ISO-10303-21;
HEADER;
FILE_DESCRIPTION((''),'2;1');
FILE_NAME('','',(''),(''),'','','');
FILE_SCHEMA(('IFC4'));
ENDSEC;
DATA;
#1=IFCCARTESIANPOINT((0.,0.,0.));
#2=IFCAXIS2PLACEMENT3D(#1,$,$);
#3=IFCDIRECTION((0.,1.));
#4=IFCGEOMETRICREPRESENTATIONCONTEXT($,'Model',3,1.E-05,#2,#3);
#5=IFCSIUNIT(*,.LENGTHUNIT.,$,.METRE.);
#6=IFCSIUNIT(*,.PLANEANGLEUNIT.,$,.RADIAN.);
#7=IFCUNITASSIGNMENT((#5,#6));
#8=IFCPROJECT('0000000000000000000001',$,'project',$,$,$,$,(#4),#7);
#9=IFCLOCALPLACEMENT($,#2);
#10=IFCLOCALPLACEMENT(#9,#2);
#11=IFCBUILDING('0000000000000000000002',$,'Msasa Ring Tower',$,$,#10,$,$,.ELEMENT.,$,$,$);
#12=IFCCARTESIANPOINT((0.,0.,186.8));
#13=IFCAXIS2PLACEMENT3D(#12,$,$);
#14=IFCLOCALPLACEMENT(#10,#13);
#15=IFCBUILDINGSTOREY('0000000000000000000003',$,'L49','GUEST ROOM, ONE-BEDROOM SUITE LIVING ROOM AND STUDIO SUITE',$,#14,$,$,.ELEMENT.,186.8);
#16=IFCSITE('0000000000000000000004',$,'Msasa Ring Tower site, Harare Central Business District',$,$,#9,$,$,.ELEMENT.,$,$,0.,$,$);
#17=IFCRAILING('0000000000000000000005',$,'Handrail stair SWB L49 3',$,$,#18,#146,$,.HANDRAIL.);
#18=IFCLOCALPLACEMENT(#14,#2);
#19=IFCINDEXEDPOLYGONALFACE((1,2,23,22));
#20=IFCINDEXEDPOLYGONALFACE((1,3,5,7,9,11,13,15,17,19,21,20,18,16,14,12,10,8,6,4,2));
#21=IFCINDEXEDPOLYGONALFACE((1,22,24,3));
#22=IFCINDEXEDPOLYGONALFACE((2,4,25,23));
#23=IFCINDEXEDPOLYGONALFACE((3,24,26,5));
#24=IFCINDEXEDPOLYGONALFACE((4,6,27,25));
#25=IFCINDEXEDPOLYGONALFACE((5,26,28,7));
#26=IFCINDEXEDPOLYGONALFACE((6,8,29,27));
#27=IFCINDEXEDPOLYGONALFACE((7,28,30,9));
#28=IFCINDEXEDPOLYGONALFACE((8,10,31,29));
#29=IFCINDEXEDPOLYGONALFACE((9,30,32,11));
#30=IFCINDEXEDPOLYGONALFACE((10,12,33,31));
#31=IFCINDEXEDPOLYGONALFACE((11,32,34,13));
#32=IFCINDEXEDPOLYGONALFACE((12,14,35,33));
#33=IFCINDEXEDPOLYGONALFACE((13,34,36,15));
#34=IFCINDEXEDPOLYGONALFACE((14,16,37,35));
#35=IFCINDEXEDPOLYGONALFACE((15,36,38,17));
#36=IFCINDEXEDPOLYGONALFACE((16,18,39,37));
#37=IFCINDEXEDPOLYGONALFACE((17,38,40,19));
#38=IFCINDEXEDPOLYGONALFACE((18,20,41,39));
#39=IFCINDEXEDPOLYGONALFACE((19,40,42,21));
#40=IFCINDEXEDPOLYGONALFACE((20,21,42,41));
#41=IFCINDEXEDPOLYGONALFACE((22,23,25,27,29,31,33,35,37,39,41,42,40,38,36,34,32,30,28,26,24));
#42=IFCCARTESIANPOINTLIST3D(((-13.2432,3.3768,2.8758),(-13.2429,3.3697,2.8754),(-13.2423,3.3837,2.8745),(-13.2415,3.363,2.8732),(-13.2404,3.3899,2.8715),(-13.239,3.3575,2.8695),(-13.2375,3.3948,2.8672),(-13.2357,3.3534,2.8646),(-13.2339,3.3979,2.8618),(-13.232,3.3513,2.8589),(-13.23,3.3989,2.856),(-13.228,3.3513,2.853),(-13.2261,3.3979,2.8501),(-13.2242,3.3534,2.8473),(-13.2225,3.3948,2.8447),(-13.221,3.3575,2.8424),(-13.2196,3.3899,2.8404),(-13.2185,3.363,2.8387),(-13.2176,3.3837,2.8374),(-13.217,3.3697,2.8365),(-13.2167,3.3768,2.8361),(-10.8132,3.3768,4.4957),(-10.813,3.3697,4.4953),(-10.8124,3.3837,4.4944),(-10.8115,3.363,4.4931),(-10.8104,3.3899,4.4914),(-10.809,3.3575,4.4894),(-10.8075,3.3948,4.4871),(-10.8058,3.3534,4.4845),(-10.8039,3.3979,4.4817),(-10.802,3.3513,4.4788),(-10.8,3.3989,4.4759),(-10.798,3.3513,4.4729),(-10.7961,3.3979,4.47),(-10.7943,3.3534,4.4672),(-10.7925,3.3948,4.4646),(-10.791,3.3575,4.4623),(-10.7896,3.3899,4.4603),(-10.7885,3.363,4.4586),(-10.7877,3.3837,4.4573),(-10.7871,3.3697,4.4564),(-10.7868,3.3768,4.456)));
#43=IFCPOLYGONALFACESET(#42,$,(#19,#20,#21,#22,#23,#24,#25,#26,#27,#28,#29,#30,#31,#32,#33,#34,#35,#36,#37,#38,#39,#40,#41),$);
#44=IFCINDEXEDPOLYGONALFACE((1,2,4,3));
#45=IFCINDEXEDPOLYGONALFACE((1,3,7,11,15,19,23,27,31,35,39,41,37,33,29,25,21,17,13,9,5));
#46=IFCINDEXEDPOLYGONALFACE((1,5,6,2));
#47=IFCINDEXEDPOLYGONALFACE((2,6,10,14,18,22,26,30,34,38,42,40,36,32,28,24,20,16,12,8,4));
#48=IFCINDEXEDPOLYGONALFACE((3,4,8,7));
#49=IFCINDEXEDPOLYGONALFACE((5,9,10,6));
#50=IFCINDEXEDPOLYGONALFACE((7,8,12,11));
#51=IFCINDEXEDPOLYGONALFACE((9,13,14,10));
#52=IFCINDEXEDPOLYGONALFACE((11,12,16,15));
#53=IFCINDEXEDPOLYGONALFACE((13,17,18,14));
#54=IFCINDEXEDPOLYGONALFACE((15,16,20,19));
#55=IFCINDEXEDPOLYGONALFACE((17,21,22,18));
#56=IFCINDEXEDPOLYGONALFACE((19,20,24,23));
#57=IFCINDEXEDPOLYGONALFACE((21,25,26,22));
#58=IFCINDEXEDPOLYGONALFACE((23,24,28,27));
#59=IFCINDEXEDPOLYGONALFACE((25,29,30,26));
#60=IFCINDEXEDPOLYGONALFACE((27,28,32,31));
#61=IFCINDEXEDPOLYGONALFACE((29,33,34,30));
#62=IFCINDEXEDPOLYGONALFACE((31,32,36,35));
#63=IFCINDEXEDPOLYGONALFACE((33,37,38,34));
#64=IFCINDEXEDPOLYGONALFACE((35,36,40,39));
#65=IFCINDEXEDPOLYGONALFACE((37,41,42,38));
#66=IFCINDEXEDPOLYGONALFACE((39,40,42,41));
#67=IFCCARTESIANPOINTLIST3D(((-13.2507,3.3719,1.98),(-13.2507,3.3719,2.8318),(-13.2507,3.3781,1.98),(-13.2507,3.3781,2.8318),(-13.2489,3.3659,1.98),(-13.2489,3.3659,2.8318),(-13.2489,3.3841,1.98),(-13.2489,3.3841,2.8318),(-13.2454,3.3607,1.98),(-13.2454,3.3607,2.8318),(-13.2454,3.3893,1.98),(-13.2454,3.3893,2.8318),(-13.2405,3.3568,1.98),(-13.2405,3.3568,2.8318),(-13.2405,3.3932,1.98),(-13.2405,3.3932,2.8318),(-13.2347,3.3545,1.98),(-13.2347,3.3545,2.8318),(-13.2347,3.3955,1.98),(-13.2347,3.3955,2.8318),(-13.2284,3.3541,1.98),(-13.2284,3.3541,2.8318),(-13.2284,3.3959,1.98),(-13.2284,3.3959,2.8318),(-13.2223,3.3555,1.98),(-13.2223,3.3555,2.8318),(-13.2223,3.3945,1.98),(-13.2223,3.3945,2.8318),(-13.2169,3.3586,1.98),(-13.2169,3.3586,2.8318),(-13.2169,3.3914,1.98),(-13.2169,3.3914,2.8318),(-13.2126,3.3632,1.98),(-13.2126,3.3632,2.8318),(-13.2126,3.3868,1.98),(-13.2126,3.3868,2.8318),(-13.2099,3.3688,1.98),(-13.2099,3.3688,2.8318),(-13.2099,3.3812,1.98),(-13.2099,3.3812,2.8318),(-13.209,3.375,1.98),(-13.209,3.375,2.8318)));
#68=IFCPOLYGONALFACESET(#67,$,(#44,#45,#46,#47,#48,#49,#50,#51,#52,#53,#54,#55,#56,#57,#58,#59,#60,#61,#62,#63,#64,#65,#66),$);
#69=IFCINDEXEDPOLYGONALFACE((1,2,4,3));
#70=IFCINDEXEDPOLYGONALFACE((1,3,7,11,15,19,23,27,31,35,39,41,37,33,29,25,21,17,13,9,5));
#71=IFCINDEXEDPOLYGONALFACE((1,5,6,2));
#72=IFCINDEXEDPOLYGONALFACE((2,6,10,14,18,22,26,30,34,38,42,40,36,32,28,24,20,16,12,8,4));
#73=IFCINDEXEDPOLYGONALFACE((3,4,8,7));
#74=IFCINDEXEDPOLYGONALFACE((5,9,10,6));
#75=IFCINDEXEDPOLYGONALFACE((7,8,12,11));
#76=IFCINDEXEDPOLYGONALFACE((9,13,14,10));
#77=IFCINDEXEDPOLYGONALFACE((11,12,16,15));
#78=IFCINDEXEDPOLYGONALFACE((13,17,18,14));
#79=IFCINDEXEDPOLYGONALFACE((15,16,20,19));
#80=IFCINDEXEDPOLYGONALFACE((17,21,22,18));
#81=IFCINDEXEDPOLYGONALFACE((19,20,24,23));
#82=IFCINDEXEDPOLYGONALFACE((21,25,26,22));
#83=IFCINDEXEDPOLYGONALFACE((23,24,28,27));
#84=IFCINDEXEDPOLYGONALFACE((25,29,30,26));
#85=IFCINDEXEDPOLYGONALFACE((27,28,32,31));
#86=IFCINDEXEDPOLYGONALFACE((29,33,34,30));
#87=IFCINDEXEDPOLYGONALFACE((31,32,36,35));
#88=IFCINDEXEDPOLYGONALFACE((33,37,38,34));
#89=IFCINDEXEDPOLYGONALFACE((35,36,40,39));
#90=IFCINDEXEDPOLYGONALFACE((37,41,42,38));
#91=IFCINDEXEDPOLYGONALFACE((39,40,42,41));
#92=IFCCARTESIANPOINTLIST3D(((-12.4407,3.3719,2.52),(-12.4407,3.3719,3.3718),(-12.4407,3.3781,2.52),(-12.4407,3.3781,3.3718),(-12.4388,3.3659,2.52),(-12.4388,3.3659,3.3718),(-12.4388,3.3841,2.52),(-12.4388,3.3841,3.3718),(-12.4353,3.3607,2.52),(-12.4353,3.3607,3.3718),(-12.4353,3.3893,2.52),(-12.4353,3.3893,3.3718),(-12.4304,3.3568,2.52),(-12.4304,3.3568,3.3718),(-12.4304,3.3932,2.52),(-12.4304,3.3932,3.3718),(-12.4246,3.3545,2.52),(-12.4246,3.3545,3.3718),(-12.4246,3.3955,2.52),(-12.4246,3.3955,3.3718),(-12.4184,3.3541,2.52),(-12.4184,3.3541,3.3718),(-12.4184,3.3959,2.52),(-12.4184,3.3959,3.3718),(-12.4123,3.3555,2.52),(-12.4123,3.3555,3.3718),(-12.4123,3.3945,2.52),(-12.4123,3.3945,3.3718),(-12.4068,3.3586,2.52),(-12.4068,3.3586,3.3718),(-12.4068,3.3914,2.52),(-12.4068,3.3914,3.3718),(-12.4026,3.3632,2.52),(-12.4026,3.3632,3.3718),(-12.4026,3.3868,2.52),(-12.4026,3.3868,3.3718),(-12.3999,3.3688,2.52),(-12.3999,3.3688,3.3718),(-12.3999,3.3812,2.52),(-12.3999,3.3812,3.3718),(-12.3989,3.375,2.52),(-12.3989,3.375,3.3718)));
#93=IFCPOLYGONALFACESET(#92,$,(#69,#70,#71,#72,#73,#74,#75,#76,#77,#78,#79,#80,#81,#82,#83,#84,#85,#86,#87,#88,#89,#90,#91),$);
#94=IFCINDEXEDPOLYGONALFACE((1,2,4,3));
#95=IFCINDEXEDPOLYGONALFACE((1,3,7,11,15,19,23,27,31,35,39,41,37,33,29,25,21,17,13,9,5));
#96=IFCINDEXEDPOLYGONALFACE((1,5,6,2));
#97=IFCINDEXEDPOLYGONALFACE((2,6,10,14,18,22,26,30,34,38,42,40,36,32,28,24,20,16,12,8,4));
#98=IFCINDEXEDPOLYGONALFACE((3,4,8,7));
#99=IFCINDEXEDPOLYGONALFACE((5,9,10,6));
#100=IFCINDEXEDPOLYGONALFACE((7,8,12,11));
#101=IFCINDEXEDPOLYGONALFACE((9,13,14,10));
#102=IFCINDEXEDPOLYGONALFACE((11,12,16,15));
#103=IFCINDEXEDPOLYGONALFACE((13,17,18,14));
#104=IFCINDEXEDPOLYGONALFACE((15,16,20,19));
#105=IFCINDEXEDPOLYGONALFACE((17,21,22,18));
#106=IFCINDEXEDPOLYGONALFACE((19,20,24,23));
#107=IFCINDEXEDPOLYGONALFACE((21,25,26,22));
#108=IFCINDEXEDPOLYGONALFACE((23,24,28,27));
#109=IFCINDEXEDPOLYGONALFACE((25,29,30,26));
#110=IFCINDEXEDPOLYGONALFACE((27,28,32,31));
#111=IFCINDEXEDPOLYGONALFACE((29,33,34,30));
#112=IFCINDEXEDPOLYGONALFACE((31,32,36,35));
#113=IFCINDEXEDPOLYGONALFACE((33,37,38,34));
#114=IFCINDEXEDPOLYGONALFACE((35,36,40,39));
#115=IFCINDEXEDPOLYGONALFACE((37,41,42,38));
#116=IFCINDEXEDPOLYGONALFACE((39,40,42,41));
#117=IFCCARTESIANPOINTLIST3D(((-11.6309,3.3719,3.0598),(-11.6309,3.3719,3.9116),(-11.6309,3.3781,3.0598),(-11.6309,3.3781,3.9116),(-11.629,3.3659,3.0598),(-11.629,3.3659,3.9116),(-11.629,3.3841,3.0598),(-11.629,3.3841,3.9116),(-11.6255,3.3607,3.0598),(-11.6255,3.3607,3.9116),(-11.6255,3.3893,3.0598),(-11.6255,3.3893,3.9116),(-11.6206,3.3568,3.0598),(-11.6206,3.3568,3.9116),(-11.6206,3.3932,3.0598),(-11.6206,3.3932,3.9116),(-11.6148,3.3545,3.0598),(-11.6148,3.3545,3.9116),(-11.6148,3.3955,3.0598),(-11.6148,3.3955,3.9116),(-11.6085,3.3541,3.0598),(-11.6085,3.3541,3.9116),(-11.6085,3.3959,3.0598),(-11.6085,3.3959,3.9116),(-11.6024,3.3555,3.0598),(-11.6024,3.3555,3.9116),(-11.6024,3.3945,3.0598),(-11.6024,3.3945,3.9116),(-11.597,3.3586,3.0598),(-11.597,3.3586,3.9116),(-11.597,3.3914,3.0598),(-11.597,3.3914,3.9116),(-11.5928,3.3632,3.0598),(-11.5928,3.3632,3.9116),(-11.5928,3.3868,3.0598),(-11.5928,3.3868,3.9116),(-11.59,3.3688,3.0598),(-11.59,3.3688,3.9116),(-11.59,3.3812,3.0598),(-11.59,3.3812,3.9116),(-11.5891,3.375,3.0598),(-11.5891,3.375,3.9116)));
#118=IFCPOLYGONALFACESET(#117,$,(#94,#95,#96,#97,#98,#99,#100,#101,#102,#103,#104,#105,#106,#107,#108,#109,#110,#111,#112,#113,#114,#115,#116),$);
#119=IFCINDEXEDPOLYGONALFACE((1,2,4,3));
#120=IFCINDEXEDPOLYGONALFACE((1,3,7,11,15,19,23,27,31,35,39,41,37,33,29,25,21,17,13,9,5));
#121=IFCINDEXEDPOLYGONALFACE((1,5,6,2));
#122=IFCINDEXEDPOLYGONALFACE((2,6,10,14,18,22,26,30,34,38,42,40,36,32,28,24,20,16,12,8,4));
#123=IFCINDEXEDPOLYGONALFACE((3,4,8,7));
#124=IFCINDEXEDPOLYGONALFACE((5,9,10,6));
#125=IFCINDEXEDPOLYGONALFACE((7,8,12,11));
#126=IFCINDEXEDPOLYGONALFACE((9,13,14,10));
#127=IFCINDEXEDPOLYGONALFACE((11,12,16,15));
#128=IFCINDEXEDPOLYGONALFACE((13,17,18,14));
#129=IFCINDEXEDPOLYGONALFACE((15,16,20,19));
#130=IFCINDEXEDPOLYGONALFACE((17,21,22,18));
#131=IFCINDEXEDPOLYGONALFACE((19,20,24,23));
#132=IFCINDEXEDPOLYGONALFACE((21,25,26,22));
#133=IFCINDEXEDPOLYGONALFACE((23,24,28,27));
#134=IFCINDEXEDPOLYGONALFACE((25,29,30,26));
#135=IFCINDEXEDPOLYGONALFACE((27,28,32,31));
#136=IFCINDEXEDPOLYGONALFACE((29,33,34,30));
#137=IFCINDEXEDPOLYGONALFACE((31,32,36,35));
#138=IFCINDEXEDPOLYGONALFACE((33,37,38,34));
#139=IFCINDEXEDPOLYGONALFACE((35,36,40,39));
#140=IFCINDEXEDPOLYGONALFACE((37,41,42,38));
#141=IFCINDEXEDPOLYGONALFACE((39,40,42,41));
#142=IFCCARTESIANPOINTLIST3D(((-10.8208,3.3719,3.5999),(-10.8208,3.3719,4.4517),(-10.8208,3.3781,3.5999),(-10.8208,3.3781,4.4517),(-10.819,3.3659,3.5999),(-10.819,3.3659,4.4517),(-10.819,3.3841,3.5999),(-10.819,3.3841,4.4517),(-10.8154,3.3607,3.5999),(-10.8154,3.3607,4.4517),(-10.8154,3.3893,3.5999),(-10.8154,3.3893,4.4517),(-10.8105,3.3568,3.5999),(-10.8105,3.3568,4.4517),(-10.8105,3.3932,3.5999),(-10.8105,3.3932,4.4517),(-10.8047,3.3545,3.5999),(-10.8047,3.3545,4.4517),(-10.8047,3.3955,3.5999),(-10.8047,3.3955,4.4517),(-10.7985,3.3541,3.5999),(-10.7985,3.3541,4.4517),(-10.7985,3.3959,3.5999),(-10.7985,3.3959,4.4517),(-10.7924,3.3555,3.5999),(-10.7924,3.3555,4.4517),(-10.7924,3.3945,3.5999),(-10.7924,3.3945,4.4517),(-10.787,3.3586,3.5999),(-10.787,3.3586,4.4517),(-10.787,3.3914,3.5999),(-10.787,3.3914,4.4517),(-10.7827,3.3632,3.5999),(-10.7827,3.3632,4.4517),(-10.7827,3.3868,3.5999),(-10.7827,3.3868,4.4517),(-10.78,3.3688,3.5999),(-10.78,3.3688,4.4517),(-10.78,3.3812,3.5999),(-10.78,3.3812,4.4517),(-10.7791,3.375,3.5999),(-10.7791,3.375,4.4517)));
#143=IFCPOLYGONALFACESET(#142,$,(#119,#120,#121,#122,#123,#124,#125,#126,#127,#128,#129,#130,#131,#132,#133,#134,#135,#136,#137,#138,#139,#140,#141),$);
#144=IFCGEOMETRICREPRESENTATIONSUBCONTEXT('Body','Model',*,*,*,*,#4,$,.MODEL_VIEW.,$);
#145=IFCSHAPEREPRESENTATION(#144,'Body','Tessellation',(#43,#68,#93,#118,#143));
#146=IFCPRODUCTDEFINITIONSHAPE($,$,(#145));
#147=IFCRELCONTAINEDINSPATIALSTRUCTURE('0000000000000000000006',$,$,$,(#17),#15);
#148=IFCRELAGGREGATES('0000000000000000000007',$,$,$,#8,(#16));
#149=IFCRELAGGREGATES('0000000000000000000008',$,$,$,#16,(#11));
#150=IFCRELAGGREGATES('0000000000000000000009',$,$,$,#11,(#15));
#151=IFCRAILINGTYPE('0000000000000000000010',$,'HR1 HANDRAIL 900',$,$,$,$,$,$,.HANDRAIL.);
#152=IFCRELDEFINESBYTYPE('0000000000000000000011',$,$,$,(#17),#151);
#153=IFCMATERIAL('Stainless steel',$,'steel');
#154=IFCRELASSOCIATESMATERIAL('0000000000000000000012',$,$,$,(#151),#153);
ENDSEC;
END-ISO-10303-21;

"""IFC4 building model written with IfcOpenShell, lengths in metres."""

from ifc_helpers import new_model, si_unit, direction, frame, origin, origin_2d, place, context, subcontext, project, spatial, circle, extrude, material, type_object, element, save


model = new_model("IFC4")

# Units and contexts
model_context = context("Model", 3, precision=1e-05, world=origin(), true_north=direction((0.0, 1.0)))
body_context = subcontext(model_context, "Body", "Model", "MODEL_VIEW")
ifc_project = project(units=[si_unit("LENGTHUNIT", "METRE"), si_unit("PLANEANGLEUNIT", "RADIAN")], contexts=[model_context])

# Site, building, storey
site_placement = place(None, origin())
site = spatial("IfcSite", under=ifc_project, at=site_placement, Name="Msasa Ring Tower site, Harare Central Business District", CompositionType="ELEMENT", RefElevation=0.0)
building_placement = place(site_placement, origin())
building = spatial("IfcBuilding", under=site, at=building_placement, Name="Msasa Ring Tower", CompositionType="ELEMENT")
storey_placement = place(building_placement, frame((0.0, 0.0, 186.8)))
storey = spatial("IfcBuildingStorey", under=building, at=storey_placement, Name="L49", Description="GUEST ROOM, ONE-BEDROOM SUITE LIVING ROOM AND STUDIO SUITE", CompositionType="ELEMENT", Elevation=186.8)

# Railing
ifc_material_1 = material(Name="Stainless steel", Category="steel")
railing_type = type_object("IfcRailingType", Name="HR1 HANDRAIL 900", PredefinedType="HANDRAIL", material=ifc_material_1)
for number, where, name in (
    (1, (-13.23, 3.375, 1.98), "Handrail stair SWB L49 3"),
):
    element("IfcRailing", number, at=place(storey_placement, frame(where)), inside=storey, type_object=railing_type, Name=name, PredefinedType="HANDRAIL", context=body_context, shape_type="SweptSolid", body=[
        extrude(circle(Radius=0.0239, at=origin_2d()), frame((0.0, 0.0, 0.876), z_axis=(0.832063, 0.0, 0.554681), x_axis=(0.0, 1.0, 0.0)), (0.0, 0.0, 1.0), 2.9204),
        extrude(circle(Radius=0.021, at=origin_2d()), origin(), (0.0, 0.0, 1.0), 0.8518),
        extrude(circle(Radius=0.021, at=origin_2d()), frame((0.8101, 0.0, 0.54)), (0.0, 0.0, 1.0), 0.8518),
        extrude(circle(Radius=0.021, at=origin_2d()), frame((1.6199, 0.0, 1.0798)), (0.0, 0.0, 1.0), 0.8518),
        extrude(circle(Radius=0.021, at=origin_2d()), frame((2.4299, 0.0, 1.6199)), (0.0, 0.0, 1.0), 0.8518),
    ])

save(model, "model.ifc")
